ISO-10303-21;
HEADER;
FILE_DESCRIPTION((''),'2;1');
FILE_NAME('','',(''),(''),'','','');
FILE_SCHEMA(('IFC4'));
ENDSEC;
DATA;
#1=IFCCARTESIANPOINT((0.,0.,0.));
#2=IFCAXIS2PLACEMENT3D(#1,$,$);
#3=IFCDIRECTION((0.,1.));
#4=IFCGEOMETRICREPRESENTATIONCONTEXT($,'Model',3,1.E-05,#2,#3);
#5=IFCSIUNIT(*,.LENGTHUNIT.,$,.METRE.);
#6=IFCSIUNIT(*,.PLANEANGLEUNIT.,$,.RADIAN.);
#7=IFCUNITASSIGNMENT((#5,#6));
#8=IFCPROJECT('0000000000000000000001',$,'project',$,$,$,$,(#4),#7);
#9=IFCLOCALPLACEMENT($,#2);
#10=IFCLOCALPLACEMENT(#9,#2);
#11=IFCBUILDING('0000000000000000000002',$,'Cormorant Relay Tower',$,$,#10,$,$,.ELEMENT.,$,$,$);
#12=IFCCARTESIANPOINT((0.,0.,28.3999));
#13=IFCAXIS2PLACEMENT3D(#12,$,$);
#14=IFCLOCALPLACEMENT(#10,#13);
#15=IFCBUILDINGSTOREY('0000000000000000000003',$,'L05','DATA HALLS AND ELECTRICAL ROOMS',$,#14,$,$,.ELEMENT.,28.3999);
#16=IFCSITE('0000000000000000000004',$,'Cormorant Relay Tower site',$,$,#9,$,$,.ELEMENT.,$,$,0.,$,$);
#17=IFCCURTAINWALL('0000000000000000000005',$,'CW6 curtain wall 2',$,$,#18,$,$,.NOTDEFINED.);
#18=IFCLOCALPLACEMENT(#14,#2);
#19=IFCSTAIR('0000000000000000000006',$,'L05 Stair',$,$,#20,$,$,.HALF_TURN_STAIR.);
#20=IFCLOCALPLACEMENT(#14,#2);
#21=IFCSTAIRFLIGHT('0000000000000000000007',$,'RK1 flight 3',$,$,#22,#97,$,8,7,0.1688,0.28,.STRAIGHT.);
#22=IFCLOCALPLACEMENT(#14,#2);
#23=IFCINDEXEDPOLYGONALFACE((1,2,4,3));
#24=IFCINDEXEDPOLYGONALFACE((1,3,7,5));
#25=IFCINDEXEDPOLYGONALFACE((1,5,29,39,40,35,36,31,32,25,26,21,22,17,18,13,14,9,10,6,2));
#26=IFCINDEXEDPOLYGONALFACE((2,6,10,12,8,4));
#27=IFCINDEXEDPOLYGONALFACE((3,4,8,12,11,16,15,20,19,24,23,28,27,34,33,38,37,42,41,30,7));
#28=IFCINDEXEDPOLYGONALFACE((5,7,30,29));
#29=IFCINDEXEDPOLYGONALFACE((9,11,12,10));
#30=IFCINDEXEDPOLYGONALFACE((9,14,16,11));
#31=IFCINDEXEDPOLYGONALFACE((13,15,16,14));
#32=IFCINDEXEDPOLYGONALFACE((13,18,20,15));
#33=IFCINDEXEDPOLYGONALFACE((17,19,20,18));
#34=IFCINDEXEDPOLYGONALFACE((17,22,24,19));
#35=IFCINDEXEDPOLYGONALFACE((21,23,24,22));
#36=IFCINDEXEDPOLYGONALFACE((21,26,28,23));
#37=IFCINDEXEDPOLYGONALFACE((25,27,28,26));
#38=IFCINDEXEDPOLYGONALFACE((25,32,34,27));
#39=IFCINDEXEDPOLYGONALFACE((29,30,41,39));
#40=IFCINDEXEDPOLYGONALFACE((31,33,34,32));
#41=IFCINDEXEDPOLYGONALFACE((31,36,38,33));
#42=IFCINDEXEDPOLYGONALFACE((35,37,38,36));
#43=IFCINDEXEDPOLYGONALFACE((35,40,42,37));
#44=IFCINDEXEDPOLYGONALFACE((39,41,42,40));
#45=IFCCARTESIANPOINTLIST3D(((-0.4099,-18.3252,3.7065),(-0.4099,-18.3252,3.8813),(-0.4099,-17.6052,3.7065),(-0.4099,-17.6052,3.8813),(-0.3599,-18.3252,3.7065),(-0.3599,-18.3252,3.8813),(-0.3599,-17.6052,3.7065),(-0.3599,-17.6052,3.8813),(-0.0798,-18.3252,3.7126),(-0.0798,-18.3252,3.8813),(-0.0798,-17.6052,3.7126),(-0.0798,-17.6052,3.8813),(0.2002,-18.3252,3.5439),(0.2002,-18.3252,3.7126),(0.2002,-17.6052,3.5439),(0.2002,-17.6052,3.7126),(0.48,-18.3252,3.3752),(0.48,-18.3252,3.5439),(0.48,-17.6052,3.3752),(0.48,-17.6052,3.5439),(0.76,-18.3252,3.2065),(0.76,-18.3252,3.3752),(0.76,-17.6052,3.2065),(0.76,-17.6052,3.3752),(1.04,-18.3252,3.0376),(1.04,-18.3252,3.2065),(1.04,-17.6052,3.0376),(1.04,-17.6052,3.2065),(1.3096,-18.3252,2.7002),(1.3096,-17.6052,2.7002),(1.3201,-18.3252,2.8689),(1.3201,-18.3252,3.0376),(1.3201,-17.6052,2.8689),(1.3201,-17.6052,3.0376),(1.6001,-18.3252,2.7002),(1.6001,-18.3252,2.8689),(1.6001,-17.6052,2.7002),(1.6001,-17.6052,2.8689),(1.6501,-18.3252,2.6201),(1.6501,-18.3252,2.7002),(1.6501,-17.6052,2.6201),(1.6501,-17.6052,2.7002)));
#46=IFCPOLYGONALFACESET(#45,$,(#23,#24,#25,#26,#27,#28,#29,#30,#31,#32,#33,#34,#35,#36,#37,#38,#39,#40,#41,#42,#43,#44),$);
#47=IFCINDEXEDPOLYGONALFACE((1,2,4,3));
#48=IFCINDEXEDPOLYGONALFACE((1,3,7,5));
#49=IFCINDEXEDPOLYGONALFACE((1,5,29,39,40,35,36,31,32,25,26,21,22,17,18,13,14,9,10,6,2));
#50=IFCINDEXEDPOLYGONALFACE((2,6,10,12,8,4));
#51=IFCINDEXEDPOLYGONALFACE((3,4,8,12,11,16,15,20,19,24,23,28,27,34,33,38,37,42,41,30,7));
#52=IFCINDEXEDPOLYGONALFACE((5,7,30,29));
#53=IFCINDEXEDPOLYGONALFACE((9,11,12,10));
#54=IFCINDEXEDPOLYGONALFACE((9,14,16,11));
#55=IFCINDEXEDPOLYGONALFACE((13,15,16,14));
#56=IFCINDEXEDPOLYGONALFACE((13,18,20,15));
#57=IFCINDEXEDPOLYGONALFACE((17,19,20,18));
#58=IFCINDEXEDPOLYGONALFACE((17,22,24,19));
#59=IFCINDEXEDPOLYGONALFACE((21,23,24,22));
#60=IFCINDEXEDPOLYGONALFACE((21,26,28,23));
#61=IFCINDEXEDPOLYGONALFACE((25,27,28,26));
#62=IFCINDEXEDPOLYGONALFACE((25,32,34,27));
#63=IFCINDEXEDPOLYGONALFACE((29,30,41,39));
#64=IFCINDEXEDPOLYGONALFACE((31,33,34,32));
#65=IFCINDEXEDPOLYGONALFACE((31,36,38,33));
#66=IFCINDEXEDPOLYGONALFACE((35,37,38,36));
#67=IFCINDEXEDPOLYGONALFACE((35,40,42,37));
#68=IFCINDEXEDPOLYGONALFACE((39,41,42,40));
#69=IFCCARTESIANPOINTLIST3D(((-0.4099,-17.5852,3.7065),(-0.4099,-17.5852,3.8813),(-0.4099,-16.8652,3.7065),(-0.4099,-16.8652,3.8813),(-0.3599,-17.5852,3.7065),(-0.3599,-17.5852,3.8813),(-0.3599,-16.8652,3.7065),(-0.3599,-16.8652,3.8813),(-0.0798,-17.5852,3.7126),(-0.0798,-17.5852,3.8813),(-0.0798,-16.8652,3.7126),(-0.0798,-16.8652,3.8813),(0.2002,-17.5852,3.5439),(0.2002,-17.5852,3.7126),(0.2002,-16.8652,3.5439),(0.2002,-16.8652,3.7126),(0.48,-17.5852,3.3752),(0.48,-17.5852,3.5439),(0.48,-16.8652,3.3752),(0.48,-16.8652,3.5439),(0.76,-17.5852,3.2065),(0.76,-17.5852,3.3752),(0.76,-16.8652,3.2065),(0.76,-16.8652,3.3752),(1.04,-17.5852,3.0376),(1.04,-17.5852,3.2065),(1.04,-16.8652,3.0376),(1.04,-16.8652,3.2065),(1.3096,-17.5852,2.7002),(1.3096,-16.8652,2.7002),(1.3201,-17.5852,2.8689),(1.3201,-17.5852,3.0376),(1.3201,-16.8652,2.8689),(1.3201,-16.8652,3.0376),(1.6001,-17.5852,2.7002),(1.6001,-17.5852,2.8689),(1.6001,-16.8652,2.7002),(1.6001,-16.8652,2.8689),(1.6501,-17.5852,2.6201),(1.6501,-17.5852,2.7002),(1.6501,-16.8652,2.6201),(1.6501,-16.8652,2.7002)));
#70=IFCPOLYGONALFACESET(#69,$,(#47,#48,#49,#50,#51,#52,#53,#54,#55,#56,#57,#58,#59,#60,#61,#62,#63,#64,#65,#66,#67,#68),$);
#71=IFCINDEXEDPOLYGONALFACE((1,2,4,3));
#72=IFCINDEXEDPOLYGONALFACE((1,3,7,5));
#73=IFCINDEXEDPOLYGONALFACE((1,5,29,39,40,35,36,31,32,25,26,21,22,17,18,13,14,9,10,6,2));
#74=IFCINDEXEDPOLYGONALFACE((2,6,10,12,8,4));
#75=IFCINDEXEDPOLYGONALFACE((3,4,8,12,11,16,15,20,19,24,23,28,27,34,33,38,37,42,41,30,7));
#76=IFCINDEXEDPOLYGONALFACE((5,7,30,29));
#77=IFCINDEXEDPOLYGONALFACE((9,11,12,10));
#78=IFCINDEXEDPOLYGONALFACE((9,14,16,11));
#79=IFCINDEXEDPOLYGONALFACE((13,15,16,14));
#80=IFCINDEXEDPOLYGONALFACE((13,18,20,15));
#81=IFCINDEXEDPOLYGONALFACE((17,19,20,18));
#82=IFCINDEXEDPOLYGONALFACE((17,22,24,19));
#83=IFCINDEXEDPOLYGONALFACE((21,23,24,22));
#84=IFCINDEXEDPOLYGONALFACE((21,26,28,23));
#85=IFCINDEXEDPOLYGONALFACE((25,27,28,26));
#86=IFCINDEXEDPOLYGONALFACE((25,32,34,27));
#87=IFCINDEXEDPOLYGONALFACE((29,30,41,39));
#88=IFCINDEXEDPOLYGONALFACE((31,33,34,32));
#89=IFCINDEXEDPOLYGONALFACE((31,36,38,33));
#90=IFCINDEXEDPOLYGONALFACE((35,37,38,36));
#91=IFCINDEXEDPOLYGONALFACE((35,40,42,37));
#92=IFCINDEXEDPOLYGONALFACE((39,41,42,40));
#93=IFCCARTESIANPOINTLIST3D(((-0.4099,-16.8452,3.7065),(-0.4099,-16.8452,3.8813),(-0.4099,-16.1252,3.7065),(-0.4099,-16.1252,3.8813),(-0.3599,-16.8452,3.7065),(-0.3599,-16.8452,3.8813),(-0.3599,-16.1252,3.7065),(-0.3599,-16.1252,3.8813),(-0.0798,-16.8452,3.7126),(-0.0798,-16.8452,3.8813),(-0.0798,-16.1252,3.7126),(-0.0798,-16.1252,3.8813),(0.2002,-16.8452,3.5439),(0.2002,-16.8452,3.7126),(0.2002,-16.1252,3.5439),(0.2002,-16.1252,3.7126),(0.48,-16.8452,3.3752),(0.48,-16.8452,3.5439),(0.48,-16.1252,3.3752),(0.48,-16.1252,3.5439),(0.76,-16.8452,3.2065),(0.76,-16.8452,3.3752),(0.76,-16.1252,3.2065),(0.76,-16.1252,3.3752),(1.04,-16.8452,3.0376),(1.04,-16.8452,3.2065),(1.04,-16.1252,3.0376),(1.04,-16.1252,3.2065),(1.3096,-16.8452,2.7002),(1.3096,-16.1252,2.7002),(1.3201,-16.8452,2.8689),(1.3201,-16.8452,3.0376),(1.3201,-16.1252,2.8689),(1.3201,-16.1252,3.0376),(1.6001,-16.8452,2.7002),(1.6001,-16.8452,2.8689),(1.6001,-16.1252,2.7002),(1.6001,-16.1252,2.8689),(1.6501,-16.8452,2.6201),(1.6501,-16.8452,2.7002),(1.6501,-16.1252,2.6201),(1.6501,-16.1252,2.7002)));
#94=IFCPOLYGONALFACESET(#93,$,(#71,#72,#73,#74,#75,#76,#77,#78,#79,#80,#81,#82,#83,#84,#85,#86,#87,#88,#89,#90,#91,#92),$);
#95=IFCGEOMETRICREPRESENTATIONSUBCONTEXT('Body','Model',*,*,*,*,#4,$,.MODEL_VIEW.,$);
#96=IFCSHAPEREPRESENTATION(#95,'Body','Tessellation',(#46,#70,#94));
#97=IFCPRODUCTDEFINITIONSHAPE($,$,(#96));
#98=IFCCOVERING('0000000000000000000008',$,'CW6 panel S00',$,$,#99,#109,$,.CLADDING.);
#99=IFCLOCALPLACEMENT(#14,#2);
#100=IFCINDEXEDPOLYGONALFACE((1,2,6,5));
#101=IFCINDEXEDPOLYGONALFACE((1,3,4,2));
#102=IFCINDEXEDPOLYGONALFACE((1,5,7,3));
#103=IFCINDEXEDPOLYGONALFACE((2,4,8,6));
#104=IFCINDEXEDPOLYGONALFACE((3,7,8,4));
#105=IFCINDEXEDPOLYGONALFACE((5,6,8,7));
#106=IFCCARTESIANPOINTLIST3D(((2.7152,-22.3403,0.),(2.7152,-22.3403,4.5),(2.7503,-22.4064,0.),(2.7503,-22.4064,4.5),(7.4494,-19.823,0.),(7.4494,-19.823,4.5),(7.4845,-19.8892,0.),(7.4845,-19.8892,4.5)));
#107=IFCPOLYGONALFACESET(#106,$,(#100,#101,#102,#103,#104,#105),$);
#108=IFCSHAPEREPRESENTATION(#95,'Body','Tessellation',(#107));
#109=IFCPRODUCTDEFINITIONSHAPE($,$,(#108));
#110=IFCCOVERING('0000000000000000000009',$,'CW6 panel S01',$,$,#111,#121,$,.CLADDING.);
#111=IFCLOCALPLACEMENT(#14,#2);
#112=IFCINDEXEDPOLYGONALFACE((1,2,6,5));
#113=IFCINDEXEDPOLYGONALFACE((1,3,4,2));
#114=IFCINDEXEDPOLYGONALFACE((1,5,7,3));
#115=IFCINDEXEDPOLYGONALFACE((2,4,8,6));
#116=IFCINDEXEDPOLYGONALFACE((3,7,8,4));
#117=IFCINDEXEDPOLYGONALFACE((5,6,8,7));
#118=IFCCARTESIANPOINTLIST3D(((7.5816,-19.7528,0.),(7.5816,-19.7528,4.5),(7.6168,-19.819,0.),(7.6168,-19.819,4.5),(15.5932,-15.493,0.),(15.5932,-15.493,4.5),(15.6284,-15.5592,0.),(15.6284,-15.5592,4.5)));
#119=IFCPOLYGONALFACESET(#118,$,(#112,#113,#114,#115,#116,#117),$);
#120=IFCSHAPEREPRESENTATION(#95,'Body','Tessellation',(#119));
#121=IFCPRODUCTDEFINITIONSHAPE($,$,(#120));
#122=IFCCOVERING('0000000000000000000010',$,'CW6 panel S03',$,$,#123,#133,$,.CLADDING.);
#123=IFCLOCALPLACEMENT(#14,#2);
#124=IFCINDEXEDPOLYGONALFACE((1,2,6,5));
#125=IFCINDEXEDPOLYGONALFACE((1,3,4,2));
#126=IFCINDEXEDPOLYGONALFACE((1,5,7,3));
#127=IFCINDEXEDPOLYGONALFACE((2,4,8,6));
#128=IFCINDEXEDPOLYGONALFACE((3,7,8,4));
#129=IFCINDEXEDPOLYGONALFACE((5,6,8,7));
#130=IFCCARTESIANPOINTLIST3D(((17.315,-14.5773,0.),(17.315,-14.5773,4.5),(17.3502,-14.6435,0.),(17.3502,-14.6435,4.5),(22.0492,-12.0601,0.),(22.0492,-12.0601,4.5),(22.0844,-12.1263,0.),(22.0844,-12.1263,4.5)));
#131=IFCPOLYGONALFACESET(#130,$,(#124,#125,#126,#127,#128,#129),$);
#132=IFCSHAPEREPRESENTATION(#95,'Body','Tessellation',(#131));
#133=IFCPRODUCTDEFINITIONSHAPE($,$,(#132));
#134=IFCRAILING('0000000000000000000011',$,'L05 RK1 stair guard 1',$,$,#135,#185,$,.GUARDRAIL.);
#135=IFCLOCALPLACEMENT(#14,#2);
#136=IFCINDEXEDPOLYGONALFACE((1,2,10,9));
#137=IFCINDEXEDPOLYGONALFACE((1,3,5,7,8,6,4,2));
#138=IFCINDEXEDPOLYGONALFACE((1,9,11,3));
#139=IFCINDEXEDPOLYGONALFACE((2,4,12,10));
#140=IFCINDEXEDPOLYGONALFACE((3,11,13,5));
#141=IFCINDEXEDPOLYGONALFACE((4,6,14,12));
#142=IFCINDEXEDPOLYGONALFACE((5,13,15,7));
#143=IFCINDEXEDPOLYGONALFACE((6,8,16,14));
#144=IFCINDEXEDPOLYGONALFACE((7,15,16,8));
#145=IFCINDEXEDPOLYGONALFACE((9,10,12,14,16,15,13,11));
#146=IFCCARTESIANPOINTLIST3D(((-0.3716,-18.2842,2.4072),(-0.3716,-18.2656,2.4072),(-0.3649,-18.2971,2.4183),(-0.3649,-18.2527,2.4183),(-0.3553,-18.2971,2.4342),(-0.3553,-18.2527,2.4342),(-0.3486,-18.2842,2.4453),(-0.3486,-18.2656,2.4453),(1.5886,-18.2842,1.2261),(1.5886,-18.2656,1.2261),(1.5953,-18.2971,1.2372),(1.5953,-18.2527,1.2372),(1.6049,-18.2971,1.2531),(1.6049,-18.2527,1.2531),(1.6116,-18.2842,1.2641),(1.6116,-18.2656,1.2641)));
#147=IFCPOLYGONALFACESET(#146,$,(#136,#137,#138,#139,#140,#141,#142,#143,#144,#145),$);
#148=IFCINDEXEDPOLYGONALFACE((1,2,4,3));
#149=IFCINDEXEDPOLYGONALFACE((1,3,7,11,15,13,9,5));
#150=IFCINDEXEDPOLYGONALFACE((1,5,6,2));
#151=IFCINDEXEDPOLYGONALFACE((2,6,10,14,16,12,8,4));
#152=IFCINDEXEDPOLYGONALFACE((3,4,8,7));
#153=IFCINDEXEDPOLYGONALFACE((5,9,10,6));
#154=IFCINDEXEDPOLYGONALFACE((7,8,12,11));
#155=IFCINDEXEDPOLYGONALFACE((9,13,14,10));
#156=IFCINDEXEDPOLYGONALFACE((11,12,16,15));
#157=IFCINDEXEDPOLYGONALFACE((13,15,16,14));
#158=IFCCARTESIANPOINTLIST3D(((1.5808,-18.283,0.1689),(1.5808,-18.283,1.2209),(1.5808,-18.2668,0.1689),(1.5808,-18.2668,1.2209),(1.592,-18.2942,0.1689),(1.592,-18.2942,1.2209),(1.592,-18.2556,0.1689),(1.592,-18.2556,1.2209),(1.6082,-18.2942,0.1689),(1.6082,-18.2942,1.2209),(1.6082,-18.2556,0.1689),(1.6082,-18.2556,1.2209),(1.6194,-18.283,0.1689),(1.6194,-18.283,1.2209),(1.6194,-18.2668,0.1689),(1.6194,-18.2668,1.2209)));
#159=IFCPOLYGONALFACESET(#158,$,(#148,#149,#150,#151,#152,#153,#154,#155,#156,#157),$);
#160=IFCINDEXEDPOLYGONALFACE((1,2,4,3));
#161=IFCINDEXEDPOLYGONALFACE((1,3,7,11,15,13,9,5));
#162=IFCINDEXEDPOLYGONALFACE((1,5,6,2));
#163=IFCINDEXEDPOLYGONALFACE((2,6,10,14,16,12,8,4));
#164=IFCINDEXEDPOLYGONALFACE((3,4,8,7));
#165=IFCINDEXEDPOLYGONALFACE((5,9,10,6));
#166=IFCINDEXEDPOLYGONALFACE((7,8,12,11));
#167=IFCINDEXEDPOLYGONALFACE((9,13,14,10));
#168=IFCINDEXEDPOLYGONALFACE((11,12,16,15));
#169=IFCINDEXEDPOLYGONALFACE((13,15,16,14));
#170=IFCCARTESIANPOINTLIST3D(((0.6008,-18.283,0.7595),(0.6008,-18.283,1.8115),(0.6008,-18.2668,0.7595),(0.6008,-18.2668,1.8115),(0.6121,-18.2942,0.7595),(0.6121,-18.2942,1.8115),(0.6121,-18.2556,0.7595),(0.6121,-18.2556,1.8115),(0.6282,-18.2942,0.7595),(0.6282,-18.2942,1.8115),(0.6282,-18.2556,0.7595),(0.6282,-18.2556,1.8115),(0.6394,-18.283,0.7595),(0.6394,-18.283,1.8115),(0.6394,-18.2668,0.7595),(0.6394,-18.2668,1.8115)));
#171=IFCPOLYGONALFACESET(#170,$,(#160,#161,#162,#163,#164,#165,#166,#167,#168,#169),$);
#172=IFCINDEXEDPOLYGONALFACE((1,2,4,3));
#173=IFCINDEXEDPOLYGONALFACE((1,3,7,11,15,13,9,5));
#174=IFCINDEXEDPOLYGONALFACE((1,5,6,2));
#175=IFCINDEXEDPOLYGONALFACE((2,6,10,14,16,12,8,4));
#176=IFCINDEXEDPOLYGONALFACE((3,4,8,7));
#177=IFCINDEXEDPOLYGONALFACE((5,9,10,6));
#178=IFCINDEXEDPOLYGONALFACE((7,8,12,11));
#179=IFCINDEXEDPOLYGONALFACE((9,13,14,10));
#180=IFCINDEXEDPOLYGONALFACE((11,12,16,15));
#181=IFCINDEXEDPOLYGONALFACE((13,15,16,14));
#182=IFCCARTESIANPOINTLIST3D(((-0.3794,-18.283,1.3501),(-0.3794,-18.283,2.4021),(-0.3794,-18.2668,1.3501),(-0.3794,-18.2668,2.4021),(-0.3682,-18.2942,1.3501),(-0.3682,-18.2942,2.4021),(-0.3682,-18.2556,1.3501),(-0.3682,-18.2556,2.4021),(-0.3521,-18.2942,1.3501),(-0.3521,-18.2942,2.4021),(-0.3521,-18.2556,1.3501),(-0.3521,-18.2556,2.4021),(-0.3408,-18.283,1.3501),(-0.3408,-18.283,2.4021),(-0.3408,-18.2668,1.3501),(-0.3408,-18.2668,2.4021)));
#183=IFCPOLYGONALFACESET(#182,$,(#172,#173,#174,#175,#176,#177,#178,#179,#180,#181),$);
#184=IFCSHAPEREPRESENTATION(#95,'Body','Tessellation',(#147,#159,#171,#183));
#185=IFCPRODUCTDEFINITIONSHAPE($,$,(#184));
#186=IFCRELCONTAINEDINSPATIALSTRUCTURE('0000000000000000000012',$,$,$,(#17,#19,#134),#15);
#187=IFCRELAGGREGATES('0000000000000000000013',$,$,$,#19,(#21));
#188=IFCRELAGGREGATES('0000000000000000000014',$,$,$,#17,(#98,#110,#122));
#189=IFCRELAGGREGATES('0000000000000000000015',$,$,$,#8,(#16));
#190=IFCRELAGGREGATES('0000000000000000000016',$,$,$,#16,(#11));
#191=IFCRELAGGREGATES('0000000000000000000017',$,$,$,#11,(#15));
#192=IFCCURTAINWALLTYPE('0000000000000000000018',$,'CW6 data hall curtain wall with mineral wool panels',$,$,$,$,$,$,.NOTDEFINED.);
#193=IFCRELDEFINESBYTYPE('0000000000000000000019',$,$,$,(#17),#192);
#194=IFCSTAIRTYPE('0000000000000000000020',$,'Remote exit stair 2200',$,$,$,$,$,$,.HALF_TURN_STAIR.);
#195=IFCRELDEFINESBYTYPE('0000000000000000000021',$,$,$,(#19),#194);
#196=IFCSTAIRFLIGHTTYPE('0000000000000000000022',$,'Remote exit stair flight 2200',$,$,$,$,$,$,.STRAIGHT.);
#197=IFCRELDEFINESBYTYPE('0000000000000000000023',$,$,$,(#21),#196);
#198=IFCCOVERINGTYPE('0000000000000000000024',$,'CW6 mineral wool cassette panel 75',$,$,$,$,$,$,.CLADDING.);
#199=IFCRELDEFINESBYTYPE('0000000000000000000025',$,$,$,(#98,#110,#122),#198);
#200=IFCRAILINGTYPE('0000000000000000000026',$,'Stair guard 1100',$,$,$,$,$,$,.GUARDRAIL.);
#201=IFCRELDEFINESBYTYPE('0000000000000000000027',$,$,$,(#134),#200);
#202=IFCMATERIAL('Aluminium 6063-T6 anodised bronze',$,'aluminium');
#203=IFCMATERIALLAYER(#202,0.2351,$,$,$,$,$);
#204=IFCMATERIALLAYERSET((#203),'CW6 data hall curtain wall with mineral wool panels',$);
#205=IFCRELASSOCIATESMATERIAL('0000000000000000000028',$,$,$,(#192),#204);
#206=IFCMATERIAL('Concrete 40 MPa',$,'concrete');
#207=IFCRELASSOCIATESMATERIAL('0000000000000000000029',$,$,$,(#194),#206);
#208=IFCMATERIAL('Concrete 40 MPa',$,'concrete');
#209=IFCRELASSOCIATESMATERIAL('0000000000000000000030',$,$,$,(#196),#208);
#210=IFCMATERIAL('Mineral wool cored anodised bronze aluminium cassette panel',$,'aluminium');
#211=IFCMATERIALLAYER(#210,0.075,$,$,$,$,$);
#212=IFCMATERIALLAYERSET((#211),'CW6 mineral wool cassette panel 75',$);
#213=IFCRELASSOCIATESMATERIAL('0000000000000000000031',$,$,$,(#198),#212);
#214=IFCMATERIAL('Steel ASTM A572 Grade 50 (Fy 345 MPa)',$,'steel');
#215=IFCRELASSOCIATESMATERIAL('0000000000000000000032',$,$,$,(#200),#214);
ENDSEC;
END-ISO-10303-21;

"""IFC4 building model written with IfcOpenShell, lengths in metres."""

from ifc_helpers import new_model, si_unit, direction, frame, origin, origin_2d, place, context, subcontext, project, spatial, polyline, rectangle, outline, extrude, material, layer, layer_set, type_object, element, aggregate, save


model = new_model("IFC4")

# Units and contexts
model_context = context("Model", 3, precision=1e-05, world=origin(), true_north=direction((0.0, 1.0)))
body_context = subcontext(model_context, "Body", "Model", "MODEL_VIEW")
ifc_project = project(units=[si_unit("LENGTHUNIT", "METRE"), si_unit("PLANEANGLEUNIT", "RADIAN")], contexts=[model_context])

# Site, building, storey
site_placement = place(None, origin())
site = spatial("IfcSite", under=ifc_project, at=site_placement, Name="Cormorant Relay Tower site", CompositionType="ELEMENT", RefElevation=0.0)
building_placement = place(site_placement, origin())
building = spatial("IfcBuilding", under=site, at=building_placement, Name="Cormorant Relay Tower", CompositionType="ELEMENT")
storey_placement = place(building_placement, frame((0.0, 0.0, 28.3999)))
storey = spatial("IfcBuildingStorey", under=building, at=storey_placement, Name="L05", Description="DATA HALLS AND ELECTRICAL ROOMS", CompositionType="ELEMENT", Elevation=28.3999)

# Curtain wall
ifc_material_1 = material(Name="Aluminium 6063-T6 anodised bronze", Category="aluminium")
ifc_layer_1 = layer(ifc_material_1, 0.2351)
ifc_layer_set_1 = layer_set([ifc_layer_1], Name="CW6 data hall curtain wall with mineral wool panels")
curtain_wall_type = type_object("IfcCurtainWallType", Name="CW6 data hall curtain wall with mineral wool panels", PredefinedType="NOTDEFINED", material=ifc_layer_set_1)
curtain_wall_1_placement = place(storey_placement, origin())
curtain_wall_1 = element("IfcCurtainWall", 1, at=curtain_wall_1_placement, inside=storey, type_object=curtain_wall_type, Name="CW6 curtain wall 2", PredefinedType="NOTDEFINED")

# Stair, stair flight
ifc_material_2 = material(Name="Concrete 40 MPa", Category="concrete")
stair_type = type_object("IfcStairType", Name="Remote exit stair 2200", PredefinedType="HALF_TURN_STAIR", material=ifc_material_2)
stair_placement = place(storey_placement, origin())
stair = element("IfcStair", 2, at=stair_placement, inside=storey, type_object=stair_type, Name="L05 Stair", PredefinedType="HALF_TURN_STAIR")
ifc_material_3 = material(Name="Concrete 40 MPa", Category="concrete")
stair_flight_type = type_object("IfcStairFlightType", Name="Remote exit stair flight 2200", PredefinedType="STRAIGHT", material=ifc_material_3)
stair_flight_1_placement = place(storey_placement, frame((1.6001, -17.2251, 2.7002), z_axis=(0.0, 0.0, 1.0), x_axis=(-1.0, 0.0, 0.0)))
stair_flight_1 = element("IfcStairFlight", 3, at=stair_flight_1_placement, type_object=stair_flight_type, Name="RK1 flight 3", NumberOfRisers=8, NumberOfTreads=7, PredefinedType="STRAIGHT", RiserHeight=0.1688, TreadLength=0.28, context=body_context, shape_type="SweptSolid", body=[
    extrude(outline(polyline([(-0.05, -0.0801), (-0.05, 0.0), (0.0, 0.0), (0.0, 0.1687), (0.28, 0.1687), (0.28, 0.3374), (0.5601, 0.3374), (0.5601, 0.5063), (0.8401, 0.5063), (0.8401, 0.675), (1.1201, 0.675), (1.1201, 0.8438), (1.3999, 0.8438), (1.3999, 1.0125), (1.6799, 1.0125), (1.6799, 1.1812), (1.96, 1.1812), (2.01, 1.1812), (2.01, 1.0063), (1.96, 1.0063), (0.2905, 0.0), (-0.05, -0.0801)])), frame((0.0, 1.1001, 0.0), z_axis=(0.0, -1.0, 0.0), x_axis=(1.0, 0.0, 0.0)), (0.0, 0.0, 1.0), 0.72),
    extrude(outline(polyline([(-0.05, -0.0801), (-0.05, 0.0), (0.0, 0.0), (0.0, 0.1687), (0.28, 0.1687), (0.28, 0.3374), (0.5601, 0.3374), (0.5601, 0.5063), (0.8401, 0.5063), (0.8401, 0.675), (1.1201, 0.675), (1.1201, 0.8438), (1.3999, 0.8438), (1.3999, 1.0125), (1.6799, 1.0125), (1.6799, 1.1812), (1.96, 1.1812), (2.01, 1.1812), (2.01, 1.0063), (1.96, 1.0063), (0.2905, 0.0), (-0.05, -0.0801)])), frame((0.0, 0.3601, 0.0), z_axis=(0.0, -1.0, 0.0), x_axis=(1.0, 0.0, 0.0)), (0.0, 0.0, 1.0), 0.72),
    extrude(outline(polyline([(-0.05, -0.0801), (-0.05, 0.0), (0.0, 0.0), (0.0, 0.1687), (0.28, 0.1687), (0.28, 0.3374), (0.5601, 0.3374), (0.5601, 0.5063), (0.8401, 0.5063), (0.8401, 0.675), (1.1201, 0.675), (1.1201, 0.8438), (1.3999, 0.8438), (1.3999, 1.0125), (1.6799, 1.0125), (1.6799, 1.1812), (1.96, 1.1812), (2.01, 1.1812), (2.01, 1.0063), (1.96, 1.0063), (0.2905, 0.0), (-0.05, -0.0801)])), frame((0.0, -0.3799, 0.0), z_axis=(0.0, -1.0, 0.0), x_axis=(1.0, 0.0, 0.0)), (0.0, 0.0, 1.0), 0.72),
])
aggregate(stair, [stair_flight_1])

# Coverings
ifc_material_4 = material(Name="Mineral wool cored anodised bronze aluminium cassette panel", Category="aluminium")
ifc_layer_2 = layer(ifc_material_4, 0.075)
ifc_layer_set_2 = layer_set([ifc_layer_2], Name="CW6 mineral wool cassette panel 75")
covering_type = type_object("IfcCoveringType", Name="CW6 mineral wool cassette panel 75", PredefinedType="CLADDING", material=ifc_layer_set_2)
covering_1_placement = place(storey_placement, frame((5.0999, -21.1147, 0.0), z_axis=(0.0, 0.0, 1.0), x_axis=(0.882948, 0.469472, 0.0)))
covering_1 = element("IfcCovering", 4, at=covering_1_placement, type_object=covering_type, Name="CW6 panel S00", PredefinedType="CLADDING", context=body_context, shape_type="SweptSolid", body=[
    extrude(rectangle(XDim=5.3618, YDim=0.075, at=origin_2d()), origin(), (0.0, 0.0, 1.0), 4.5),
])
covering_2_placement = place(storey_placement, frame((11.605, -17.656, 0.0), z_axis=(0.0, 0.0, 1.0), x_axis=(0.882948, 0.469472, 0.0)))
covering_2 = element("IfcCovering", 5, at=covering_2_placement, type_object=covering_type, Name="CW6 panel S01", PredefinedType="CLADDING", context=body_context, shape_type="SweptSolid", body=[
    extrude(rectangle(XDim=9.0737, YDim=0.075, at=origin_2d()), origin(), (0.0, 0.0, 1.0), 4.5),
])
covering_3_placement = place(storey_placement, frame((19.6997, -13.3518, 0.0), z_axis=(0.0, 0.0, 1.0), x_axis=(0.882948, 0.469472, 0.0)))
covering_3 = element("IfcCovering", 6, at=covering_3_placement, type_object=covering_type, Name="CW6 panel S03", PredefinedType="CLADDING", context=body_context, shape_type="SweptSolid", body=[
    extrude(rectangle(XDim=5.3618, YDim=0.075, at=origin_2d()), origin(), (0.0, 0.0, 1.0), 4.5),
])
aggregate(curtain_wall_1, [covering_1, covering_2, covering_3])

# Railing
ifc_material_5 = material(Name="Steel ASTM A572 Grade 50 (Fy 345 MPa)", Category="steel")
railing_type_1 = type_object("IfcRailingType", Name="Stair guard 1100", PredefinedType="GUARDRAIL", material=ifc_material_5)
railing_1_placement = place(storey_placement, frame((1.6001, -18.2749, 0.1689)))
element("IfcRailing", 7, at=railing_1_placement, inside=storey, type_object=railing_type_1, Name="L05 RK1 stair guard 1", PredefinedType="GUARDRAIL", context=body_context, shape_type="SweptSolid", body=[
    extrude(outline(polyline([(0.0222, 0.0093), (0.0093, 0.0222), (-0.0093, 0.0222), (-0.0222, 0.0093), (-0.0222, -0.0093), (-0.0093, -0.0222), (0.0093, -0.0222), (0.0222, -0.0093), (0.0222, 0.0093)])), frame((0.0, 0.0, 1.0762), z_axis=(-0.856522, 0.0, 0.516111), x_axis=(0.0, -1.0, 0.0)), (0.0, 0.0, 1.0), 2.2886),
    extrude(outline(polyline([(0.0193, 0.0081), (0.0081, 0.0193), (-0.0081, 0.0193), (-0.0193, 0.0081), (-0.0193, -0.0081), (-0.0081, -0.0193), (0.0081, -0.0193), (0.0193, -0.0081), (0.0193, 0.0081)])), origin(), (0.0, 0.0, 1.0), 1.052),
    extrude(outline(polyline([(0.0193, 0.0081), (0.0081, 0.0193), (-0.0081, 0.0193), (-0.0193, 0.0081), (-0.0193, -0.0081), (-0.0081, -0.0193), (0.0081, -0.0193), (0.0193, -0.0081), (0.0193, 0.0081)])), frame((-0.98, 0.0, 0.5906)), (0.0, 0.0, 1.0), 1.052),
    extrude(outline(polyline([(0.0193, 0.0081), (0.0081, 0.0193), (-0.0081, 0.0193), (-0.0193, 0.0081), (-0.0193, -0.0081), (-0.0081, -0.0193), (0.0081, -0.0193), (0.0193, -0.0081), (0.0193, 0.0081)])), frame((-1.9602, 0.0, 1.1812)), (0.0, 0.0, 1.0), 1.052),
])

save(model, "model.ifc")
